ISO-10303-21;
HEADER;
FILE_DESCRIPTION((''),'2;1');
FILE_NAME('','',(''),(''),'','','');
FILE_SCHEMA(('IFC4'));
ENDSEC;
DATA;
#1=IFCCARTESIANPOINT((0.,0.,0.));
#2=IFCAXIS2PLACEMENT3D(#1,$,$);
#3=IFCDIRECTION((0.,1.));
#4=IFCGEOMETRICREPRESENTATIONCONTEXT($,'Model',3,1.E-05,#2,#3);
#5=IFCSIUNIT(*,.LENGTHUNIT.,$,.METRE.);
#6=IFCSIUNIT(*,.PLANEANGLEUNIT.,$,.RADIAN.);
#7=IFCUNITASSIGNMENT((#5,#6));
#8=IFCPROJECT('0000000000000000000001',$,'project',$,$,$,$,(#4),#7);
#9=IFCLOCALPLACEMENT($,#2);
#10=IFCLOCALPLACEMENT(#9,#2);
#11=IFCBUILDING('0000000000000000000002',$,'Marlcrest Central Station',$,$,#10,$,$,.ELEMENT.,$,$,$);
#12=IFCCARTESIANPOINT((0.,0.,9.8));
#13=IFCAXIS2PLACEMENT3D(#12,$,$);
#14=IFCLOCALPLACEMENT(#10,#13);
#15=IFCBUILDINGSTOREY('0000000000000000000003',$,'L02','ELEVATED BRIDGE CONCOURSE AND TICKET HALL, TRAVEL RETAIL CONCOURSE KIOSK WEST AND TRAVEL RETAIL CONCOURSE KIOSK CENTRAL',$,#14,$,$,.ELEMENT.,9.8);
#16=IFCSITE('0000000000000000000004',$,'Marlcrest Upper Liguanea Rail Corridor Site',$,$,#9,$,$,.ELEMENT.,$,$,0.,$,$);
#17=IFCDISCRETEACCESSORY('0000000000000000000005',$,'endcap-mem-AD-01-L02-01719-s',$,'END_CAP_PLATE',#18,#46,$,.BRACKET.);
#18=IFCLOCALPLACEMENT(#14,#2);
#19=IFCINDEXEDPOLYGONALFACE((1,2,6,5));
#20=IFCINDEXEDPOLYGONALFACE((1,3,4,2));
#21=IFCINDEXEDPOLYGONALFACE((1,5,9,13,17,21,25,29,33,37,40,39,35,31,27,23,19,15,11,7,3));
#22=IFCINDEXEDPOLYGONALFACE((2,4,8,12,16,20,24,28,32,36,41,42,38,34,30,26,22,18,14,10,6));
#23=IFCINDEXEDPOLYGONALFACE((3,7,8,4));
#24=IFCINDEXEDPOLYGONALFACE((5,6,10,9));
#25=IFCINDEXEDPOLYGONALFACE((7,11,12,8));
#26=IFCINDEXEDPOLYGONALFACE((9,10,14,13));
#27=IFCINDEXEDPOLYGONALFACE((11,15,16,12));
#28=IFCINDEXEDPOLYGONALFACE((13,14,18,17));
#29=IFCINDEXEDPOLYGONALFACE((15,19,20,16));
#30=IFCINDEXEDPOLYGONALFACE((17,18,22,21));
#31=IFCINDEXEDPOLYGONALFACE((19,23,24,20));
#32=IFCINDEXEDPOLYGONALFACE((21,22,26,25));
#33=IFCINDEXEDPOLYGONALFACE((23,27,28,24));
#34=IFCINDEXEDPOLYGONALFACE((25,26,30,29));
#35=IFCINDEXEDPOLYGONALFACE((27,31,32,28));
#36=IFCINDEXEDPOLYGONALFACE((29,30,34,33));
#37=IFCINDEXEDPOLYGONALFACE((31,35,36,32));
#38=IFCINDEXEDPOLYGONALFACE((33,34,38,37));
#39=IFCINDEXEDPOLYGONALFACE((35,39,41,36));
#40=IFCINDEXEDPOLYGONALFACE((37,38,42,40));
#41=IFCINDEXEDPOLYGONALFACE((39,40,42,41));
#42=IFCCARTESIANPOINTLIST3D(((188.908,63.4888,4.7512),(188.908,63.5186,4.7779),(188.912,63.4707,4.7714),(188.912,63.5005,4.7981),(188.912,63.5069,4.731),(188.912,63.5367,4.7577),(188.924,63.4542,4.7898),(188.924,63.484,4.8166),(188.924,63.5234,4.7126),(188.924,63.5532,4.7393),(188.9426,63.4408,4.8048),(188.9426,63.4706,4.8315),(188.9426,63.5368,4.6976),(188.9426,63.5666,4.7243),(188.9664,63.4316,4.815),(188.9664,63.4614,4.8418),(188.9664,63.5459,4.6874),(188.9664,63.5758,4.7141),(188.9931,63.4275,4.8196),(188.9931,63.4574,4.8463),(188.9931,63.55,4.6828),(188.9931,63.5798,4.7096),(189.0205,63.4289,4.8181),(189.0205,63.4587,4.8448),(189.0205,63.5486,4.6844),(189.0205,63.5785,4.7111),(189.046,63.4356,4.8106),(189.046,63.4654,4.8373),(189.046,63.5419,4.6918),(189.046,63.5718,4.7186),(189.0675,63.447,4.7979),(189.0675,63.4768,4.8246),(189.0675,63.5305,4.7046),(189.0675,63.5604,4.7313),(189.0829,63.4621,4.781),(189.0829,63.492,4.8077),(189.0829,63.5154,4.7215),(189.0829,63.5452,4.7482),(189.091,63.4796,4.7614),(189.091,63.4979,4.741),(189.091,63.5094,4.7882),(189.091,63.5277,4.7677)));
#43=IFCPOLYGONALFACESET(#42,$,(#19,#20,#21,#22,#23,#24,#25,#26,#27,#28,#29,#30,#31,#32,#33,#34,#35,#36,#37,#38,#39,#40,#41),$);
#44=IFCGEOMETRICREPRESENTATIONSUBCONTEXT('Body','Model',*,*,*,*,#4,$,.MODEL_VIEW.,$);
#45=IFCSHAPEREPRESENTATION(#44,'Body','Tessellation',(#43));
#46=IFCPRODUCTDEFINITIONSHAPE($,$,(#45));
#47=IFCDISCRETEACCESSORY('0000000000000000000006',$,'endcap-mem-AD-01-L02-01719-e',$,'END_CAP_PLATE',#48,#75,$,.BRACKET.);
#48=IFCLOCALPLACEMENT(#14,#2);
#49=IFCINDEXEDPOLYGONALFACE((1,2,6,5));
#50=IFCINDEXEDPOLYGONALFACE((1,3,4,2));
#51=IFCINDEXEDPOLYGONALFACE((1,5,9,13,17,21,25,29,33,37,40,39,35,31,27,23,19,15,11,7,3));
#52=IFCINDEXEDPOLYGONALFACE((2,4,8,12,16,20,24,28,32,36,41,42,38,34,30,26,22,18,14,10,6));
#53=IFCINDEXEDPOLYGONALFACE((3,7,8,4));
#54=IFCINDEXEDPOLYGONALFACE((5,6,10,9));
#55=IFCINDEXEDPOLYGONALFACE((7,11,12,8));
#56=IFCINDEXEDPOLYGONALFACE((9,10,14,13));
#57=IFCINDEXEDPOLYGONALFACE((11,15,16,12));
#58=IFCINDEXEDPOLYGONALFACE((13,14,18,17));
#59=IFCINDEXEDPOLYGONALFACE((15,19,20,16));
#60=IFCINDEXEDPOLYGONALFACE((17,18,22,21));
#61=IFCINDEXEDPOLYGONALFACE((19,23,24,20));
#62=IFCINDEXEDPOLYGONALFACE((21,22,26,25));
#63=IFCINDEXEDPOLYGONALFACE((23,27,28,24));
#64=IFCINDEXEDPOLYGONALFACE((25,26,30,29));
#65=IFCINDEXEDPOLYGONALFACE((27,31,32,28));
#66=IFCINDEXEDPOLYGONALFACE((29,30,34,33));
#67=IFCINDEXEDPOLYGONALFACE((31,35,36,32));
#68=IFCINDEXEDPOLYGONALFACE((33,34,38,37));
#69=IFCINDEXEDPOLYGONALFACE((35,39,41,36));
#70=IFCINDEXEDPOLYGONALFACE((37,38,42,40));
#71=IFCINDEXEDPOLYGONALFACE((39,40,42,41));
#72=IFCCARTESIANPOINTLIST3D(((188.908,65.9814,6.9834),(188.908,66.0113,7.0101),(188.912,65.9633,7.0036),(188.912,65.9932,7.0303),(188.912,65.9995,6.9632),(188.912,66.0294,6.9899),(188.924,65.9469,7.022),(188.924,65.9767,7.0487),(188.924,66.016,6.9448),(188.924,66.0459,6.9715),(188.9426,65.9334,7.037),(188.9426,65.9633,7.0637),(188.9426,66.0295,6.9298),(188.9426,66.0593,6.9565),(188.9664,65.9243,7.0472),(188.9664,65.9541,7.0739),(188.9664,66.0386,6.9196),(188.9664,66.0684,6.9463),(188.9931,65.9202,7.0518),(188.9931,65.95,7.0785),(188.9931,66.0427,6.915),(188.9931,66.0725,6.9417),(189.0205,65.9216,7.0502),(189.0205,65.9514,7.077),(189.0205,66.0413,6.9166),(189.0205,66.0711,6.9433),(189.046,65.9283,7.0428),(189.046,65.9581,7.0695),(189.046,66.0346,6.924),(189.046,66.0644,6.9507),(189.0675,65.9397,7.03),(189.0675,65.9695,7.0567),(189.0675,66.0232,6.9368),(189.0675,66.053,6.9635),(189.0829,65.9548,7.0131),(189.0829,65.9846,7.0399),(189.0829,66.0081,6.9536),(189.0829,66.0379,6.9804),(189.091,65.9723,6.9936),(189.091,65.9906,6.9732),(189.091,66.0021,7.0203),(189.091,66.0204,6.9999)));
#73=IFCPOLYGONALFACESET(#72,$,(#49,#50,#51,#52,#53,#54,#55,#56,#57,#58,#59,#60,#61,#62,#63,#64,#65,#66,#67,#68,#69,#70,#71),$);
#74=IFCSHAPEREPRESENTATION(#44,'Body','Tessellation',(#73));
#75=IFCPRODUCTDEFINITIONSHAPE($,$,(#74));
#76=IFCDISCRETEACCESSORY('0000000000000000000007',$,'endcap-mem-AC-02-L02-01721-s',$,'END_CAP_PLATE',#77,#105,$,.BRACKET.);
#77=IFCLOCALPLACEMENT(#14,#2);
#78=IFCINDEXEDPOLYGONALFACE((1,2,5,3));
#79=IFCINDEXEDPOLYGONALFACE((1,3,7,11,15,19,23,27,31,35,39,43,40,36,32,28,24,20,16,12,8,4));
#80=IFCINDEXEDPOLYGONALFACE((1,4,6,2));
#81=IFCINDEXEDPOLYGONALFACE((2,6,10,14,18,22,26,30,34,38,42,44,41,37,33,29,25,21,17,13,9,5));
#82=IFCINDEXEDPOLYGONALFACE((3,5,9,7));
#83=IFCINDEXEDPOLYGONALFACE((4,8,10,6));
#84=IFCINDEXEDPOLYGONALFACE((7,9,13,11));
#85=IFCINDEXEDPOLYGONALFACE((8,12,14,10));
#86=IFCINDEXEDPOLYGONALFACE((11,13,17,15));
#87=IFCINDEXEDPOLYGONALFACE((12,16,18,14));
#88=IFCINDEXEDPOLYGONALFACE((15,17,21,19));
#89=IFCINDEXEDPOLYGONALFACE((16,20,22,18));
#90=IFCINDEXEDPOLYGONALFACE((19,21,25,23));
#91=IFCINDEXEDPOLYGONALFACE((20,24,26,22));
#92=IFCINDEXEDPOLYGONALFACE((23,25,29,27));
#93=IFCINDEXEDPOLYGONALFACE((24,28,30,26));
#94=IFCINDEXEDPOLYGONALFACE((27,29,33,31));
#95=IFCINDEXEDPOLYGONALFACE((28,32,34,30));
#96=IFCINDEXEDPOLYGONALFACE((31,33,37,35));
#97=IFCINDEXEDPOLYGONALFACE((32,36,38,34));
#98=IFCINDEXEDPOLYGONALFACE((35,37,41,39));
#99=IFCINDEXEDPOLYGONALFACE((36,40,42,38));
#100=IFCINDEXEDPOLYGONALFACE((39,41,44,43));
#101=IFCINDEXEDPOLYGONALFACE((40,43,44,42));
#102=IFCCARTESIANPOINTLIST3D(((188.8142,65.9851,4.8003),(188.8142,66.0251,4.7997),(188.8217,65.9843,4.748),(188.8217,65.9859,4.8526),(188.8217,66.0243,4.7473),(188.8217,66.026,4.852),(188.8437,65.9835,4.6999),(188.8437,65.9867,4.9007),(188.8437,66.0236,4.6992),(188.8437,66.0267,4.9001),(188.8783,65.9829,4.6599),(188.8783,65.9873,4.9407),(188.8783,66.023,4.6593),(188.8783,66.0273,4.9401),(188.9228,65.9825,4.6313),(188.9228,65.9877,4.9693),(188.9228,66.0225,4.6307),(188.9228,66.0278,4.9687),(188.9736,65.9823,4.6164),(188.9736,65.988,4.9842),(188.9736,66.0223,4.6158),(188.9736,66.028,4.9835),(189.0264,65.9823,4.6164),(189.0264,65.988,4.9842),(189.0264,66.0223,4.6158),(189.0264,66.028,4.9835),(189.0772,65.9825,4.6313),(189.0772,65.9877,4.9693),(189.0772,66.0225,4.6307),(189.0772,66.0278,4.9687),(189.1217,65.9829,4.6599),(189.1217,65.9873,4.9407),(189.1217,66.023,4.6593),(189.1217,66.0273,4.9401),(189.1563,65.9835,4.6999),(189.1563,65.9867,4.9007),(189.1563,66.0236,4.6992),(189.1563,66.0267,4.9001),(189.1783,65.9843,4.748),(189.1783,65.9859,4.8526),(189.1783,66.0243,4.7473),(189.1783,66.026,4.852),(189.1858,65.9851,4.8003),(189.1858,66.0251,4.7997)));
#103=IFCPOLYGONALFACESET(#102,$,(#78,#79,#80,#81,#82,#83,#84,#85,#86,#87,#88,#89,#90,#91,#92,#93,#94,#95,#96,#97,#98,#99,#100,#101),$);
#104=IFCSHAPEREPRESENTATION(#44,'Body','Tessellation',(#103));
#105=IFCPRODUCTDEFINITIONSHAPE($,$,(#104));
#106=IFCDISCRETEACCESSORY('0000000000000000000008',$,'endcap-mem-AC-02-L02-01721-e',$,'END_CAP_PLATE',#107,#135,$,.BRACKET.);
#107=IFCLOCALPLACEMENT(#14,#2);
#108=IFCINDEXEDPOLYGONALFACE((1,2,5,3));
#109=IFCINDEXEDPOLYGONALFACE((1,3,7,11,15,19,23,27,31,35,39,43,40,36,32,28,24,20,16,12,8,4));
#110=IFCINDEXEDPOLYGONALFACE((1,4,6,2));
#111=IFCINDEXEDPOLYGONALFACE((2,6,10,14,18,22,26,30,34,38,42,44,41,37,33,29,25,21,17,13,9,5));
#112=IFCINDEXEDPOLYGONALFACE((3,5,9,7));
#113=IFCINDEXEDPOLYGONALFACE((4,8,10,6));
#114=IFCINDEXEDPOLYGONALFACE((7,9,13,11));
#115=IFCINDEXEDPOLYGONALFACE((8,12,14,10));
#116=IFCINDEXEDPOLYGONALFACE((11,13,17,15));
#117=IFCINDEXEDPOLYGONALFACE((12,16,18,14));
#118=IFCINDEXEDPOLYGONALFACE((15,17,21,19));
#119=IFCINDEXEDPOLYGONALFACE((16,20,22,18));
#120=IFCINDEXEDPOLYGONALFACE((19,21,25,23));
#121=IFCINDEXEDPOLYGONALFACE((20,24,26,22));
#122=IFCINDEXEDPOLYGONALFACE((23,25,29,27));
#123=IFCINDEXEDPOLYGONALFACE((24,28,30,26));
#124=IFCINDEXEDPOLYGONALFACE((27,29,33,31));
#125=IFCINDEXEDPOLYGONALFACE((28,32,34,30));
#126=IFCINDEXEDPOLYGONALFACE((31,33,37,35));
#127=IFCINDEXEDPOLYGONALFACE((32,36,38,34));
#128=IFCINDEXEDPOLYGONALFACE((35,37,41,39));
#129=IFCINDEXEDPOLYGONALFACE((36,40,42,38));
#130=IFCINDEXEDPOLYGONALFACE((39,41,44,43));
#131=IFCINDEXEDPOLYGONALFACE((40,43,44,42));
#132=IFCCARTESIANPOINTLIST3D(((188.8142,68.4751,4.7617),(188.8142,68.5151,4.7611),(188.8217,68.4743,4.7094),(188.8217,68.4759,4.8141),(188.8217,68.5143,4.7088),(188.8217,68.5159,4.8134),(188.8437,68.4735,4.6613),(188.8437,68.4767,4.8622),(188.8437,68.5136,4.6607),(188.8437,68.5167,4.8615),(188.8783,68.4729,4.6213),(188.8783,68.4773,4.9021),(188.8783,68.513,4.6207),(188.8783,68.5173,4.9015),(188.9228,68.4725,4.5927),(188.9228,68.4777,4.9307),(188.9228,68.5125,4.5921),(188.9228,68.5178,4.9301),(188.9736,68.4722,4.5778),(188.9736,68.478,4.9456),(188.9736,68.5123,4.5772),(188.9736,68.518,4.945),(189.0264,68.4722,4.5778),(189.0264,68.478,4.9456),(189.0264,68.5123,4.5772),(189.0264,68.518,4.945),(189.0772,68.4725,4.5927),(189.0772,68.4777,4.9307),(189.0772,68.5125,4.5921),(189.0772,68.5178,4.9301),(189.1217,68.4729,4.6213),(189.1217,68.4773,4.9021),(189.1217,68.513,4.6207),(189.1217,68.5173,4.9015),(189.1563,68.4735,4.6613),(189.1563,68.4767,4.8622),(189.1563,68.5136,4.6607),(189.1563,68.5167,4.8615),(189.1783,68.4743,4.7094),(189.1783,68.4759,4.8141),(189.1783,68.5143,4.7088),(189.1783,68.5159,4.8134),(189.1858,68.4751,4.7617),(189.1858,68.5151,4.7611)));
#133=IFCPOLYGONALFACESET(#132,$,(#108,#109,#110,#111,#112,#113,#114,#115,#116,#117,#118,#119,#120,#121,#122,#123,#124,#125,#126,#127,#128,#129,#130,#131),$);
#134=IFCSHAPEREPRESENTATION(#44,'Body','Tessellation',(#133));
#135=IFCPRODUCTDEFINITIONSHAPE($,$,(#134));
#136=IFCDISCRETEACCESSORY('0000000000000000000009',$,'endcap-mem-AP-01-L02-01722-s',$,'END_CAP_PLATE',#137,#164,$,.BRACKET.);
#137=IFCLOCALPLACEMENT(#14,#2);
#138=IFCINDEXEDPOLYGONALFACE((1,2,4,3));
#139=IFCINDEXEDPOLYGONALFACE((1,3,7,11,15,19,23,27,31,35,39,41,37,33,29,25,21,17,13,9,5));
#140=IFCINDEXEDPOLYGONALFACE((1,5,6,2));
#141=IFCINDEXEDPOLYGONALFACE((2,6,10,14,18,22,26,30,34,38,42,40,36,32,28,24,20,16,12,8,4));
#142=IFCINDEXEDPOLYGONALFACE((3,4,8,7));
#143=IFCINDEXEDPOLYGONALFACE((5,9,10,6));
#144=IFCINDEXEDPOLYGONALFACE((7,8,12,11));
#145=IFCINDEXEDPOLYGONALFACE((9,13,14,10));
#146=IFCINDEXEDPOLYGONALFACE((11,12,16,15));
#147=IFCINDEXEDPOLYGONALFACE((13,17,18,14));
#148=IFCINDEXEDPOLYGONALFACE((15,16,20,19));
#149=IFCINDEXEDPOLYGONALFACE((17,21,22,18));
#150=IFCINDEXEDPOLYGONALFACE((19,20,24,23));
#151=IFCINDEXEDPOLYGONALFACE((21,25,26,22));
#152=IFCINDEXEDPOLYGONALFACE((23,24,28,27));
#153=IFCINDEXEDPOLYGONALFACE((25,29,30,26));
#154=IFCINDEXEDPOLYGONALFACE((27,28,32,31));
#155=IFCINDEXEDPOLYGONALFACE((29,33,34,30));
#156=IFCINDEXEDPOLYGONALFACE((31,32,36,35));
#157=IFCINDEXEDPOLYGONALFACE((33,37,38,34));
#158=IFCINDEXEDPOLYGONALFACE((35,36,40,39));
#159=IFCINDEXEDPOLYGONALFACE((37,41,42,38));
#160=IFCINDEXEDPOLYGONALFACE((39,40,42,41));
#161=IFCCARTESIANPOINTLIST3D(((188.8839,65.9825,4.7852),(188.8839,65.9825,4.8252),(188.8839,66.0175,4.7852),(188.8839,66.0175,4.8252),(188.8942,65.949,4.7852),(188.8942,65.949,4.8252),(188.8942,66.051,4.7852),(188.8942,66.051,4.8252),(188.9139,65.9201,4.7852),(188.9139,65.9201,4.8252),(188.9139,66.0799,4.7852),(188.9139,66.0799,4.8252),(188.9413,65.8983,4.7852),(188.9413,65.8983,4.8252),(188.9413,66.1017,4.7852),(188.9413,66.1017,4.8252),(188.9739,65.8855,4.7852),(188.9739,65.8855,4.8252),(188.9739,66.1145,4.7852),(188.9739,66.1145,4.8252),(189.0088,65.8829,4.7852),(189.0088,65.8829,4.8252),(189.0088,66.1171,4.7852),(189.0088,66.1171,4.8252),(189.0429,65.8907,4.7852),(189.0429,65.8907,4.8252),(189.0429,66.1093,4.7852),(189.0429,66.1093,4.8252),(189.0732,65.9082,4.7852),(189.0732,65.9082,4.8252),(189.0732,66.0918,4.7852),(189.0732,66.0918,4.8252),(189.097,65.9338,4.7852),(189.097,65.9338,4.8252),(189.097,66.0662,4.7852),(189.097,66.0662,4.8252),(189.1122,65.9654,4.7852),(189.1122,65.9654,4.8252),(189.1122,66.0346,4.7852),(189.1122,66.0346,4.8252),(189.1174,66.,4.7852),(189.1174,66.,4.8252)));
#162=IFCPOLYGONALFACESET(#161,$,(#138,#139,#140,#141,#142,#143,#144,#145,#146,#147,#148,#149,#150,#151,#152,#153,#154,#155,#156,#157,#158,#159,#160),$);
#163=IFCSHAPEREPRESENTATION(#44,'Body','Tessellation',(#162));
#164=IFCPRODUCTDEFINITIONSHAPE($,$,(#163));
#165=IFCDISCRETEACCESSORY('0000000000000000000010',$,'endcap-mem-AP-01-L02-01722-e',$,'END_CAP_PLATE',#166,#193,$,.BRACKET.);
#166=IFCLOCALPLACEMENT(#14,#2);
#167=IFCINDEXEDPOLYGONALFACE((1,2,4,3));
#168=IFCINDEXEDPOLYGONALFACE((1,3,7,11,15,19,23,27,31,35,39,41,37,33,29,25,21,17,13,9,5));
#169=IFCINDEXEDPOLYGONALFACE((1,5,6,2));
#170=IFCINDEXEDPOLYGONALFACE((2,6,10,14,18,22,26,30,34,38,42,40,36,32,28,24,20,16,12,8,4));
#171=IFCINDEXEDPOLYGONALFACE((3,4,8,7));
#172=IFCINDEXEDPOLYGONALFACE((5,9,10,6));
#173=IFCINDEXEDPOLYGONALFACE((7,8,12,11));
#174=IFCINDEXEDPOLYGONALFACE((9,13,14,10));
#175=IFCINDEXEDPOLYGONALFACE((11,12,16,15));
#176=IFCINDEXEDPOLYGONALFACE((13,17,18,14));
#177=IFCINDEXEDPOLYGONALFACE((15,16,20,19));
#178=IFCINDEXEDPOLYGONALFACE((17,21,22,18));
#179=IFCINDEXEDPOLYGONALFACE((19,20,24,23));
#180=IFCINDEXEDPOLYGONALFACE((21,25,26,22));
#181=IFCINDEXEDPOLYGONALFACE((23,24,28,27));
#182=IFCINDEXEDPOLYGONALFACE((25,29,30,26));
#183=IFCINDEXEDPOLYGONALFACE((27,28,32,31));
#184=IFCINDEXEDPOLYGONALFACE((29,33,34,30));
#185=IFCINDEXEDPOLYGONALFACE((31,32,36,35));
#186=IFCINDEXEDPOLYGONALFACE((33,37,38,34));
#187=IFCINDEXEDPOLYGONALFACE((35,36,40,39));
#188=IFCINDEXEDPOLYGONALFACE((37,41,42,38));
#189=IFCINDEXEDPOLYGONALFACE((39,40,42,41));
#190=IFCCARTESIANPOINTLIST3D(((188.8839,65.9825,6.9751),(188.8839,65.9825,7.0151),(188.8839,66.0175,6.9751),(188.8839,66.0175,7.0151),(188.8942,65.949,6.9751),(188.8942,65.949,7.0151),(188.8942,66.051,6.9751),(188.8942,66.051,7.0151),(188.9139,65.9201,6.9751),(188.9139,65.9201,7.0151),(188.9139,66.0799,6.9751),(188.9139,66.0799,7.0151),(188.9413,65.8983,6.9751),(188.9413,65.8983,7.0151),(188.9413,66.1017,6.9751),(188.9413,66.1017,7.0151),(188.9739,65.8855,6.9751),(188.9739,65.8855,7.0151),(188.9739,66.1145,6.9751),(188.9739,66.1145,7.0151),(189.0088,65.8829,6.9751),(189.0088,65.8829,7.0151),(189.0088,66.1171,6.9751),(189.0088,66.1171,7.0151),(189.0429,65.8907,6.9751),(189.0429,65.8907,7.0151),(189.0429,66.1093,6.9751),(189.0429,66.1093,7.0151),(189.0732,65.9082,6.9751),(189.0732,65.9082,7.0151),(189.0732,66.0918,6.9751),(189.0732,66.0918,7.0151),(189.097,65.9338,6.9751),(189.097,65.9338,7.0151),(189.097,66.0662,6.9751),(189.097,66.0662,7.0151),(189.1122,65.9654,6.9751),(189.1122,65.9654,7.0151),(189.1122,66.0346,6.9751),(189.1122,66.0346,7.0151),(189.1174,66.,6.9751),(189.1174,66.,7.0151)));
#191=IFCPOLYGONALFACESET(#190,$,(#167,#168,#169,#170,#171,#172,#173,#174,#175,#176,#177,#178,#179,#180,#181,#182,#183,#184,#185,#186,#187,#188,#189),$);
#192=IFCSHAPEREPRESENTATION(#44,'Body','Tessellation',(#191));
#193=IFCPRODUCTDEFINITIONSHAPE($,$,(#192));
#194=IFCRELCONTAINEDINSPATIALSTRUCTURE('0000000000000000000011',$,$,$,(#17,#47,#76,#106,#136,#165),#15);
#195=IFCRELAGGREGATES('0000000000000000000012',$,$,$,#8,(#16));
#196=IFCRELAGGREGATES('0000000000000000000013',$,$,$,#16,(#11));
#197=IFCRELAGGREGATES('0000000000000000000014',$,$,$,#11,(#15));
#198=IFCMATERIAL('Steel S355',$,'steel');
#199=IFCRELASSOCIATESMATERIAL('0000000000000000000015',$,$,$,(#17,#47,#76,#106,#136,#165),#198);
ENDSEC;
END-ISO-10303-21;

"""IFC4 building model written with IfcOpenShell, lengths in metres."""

from ifc_helpers import new_model, si_unit, direction, frame, origin, origin_2d, place, context, subcontext, project, spatial, circle, extrude, material, element, save


model = new_model("IFC4")

# Units and contexts
model_context = context("Model", 3, precision=1e-05, world=origin(), true_north=direction((0.0, 1.0)))
body_context = subcontext(model_context, "Body", "Model", "MODEL_VIEW")
ifc_project = project(units=[si_unit("LENGTHUNIT", "METRE"), si_unit("PLANEANGLEUNIT", "RADIAN")], contexts=[model_context])

# Site, building, storey
site_placement = place(None, origin())
site = spatial("IfcSite", under=ifc_project, at=site_placement, Name="Marlcrest Upper Liguanea Rail Corridor Site", CompositionType="ELEMENT", RefElevation=0.0)
building_placement = place(site_placement, origin())
building = spatial("IfcBuilding", under=site, at=building_placement, Name="Marlcrest Central Station", CompositionType="ELEMENT")
storey_placement = place(building_placement, frame((0.0, 0.0, 9.8)))
storey = spatial("IfcBuildingStorey", under=building, at=storey_placement, Name="L02", Description="ELEVATED BRIDGE CONCOURSE AND TICKET HALL, TRAVEL RETAIL CONCOURSE KIOSK WEST AND TRAVEL RETAIL CONCOURSE KIOSK CENTRAL", CompositionType="ELEMENT", Elevation=9.8)

# Shared definitions
ifc_material = material(Name="Steel S355", Category="steel")

# Discrete accessories
for number, where, z_axis, x_axis, name in (
    (1, (189.0, 63.4888, 4.7512), (0.0, 0.744956, 0.667114), (-1.0, 0.0, 0.0), "endcap-mem-AD-01-L02-01719-s"),
    (2, (189.0, 65.9814, 6.9834), (0.0, 0.744956, 0.667114), (-1.0, 0.0, 0.0), "endcap-mem-AD-01-L02-01719-e"),
):
    element("IfcDiscreteAccessory", number, at=place(storey_placement, frame(where, z_axis=z_axis, x_axis=x_axis)), inside=storey, material=ifc_material, Name=name, ObjectType="END_CAP_PLATE", PredefinedType="BRACKET", context=body_context, shape_type="SweptSolid", body=[
        extrude(circle(Radius=0.092, at=origin_2d()), origin(), (0.0, 0.0, 1.0), 0.04),
    ])
for number, where, z_axis, x_axis, name in (
    (3, (189.0, 65.9851, 4.8003), (0.0, 0.999879, -0.015525), (-1.0, 0.0, 0.0), "endcap-mem-AC-02-L02-01721-s"),
    (4, (189.0, 68.4751, 4.7617), (0.0, 0.999879, -0.015525), (-1.0, 0.0, 0.0), "endcap-mem-AC-02-L02-01721-e"),
):
    element("IfcDiscreteAccessory", number, at=place(storey_placement, frame(where, z_axis=z_axis, x_axis=x_axis)), inside=storey, material=ifc_material, Name=name, ObjectType="END_CAP_PLATE", PredefinedType="BRACKET", context=body_context, shape_type="SweptSolid", body=[
        extrude(circle(Radius=0.1858, at=origin_2d()), origin(), (0.0, 0.0, 1.0), 0.04),
    ])
for number, where, z_axis, x_axis, name in (
    (5, (189.0, 66.0, 4.7852), (0.0, 0.0, 1.0), (1.0, 0.0, 0.0), "endcap-mem-AP-01-L02-01722-s"),
    (6, (189.0, 66.0, 6.9751), (0.0, 0.0, 1.0), (1.0, 0.0, 0.0), "endcap-mem-AP-01-L02-01722-e"),
):
    element("IfcDiscreteAccessory", number, at=place(storey_placement, frame(where, z_axis=z_axis, x_axis=x_axis)), inside=storey, material=ifc_material, Name=name, ObjectType="END_CAP_PLATE", PredefinedType="BRACKET", context=body_context, shape_type="SweptSolid", body=[
        extrude(circle(Radius=0.1174, at=origin_2d()), origin(), (0.0, 0.0, 1.0), 0.04),
    ])

save(model, "model.ifc")
